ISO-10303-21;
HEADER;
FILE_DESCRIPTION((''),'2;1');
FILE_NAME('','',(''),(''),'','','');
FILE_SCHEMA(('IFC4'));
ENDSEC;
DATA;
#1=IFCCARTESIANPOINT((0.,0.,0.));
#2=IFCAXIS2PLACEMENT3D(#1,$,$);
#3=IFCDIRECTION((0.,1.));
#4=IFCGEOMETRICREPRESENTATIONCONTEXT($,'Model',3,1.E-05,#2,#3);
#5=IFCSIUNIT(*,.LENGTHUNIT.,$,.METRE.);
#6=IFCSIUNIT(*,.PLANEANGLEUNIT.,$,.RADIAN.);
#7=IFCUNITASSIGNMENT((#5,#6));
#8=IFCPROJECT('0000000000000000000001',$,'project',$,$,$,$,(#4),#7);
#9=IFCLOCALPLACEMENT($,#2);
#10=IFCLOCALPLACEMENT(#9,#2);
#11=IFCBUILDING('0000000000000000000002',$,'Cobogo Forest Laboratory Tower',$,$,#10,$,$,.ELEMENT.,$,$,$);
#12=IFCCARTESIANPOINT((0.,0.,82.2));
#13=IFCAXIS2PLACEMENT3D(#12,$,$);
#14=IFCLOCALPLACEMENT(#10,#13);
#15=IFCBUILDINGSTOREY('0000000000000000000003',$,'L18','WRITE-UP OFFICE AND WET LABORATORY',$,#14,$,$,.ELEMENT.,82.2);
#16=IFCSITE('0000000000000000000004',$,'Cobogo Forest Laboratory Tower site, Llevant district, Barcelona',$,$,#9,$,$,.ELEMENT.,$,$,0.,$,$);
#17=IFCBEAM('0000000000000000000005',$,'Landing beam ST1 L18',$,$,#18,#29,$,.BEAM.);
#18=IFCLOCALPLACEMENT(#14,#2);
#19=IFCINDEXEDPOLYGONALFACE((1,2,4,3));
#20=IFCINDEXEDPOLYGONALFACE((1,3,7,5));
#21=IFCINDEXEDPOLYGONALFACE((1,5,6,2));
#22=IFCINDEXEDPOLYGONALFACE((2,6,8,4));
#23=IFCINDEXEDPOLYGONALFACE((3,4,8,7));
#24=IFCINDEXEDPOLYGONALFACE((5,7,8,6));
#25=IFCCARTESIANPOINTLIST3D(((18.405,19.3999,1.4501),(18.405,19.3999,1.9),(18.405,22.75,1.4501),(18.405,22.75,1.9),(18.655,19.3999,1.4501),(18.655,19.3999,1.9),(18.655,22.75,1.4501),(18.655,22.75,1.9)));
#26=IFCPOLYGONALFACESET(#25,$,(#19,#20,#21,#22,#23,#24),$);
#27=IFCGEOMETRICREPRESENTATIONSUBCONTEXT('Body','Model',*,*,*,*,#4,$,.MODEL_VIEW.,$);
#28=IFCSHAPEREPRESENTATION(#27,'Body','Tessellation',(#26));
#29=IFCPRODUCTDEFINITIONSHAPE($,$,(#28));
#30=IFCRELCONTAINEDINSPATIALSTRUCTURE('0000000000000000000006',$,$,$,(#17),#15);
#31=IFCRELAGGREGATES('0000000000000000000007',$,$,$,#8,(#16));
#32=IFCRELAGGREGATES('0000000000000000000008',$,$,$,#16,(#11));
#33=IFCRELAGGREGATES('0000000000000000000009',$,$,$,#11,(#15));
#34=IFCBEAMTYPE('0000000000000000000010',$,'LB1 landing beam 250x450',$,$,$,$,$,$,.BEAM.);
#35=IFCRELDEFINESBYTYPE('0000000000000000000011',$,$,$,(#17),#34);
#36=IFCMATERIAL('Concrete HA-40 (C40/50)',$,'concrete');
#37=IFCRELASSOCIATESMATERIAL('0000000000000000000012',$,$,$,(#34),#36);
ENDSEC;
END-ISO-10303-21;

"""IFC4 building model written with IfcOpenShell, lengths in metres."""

from ifc_helpers import new_model, si_unit, direction, frame, origin, origin_2d, place, context, subcontext, project, spatial, rectangle, extrude, material, material_profile, profile_set, type_object, element, save


model = new_model("IFC4")

# Units and contexts
model_context = context("Model", 3, precision=1e-05, world=origin(), true_north=direction((0.0, 1.0)))
body_context = subcontext(model_context, "Body", "Model", "MODEL_VIEW")
ifc_project = project(units=[si_unit("LENGTHUNIT", "METRE"), si_unit("PLANEANGLEUNIT", "RADIAN")], contexts=[model_context])

# Site, building, storey
site_placement = place(None, origin())
site = spatial("IfcSite", under=ifc_project, at=site_placement, Name="Cobogo Forest Laboratory Tower site, Llevant district, Barcelona", CompositionType="ELEMENT", RefElevation=0.0)
building_placement = place(site_placement, origin())
building = spatial("IfcBuilding", under=site, at=building_placement, Name="Cobogo Forest Laboratory Tower", CompositionType="ELEMENT")
storey_placement = place(building_placement, frame((0.0, 0.0, 82.2)))
storey = spatial("IfcBuildingStorey", under=building, at=storey_placement, Name="L18", Description="WRITE-UP OFFICE AND WET LABORATORY", CompositionType="ELEMENT", Elevation=82.2)

# Beam
ifc_material_1 = material(Name="Concrete HA-40 (C40/50)", Category="concrete")
ifc_material_profile = material_profile(ifc_material_1, rectangle(XDim=0.25, YDim=0.45, at=origin_2d()), Name="RC 250x450")
ifc_profile_set = profile_set([ifc_material_profile], Name="Concrete HA-40 (C40/50)")
beam_type = type_object("IfcBeamType", Name="LB1 landing beam 250x450", PredefinedType="BEAM", material=ifc_profile_set)
beam_placement = place(storey_placement, frame((18.53, 19.3999, 1.675), z_axis=(0.0, 1.0, 0.0), x_axis=(-1.0, 0.0, 0.0)))
element("IfcBeam", 1, at=beam_placement, inside=storey, type_object=beam_type, Name="Landing beam ST1 L18", PredefinedType="BEAM", context=body_context, shape_type="SweptSolid", body=[
    extrude(rectangle(XDim=0.25, YDim=0.45, at=origin_2d()), origin(), (0.0, 0.0, 1.0), 3.3501),
])

save(model, "model.ifc")
